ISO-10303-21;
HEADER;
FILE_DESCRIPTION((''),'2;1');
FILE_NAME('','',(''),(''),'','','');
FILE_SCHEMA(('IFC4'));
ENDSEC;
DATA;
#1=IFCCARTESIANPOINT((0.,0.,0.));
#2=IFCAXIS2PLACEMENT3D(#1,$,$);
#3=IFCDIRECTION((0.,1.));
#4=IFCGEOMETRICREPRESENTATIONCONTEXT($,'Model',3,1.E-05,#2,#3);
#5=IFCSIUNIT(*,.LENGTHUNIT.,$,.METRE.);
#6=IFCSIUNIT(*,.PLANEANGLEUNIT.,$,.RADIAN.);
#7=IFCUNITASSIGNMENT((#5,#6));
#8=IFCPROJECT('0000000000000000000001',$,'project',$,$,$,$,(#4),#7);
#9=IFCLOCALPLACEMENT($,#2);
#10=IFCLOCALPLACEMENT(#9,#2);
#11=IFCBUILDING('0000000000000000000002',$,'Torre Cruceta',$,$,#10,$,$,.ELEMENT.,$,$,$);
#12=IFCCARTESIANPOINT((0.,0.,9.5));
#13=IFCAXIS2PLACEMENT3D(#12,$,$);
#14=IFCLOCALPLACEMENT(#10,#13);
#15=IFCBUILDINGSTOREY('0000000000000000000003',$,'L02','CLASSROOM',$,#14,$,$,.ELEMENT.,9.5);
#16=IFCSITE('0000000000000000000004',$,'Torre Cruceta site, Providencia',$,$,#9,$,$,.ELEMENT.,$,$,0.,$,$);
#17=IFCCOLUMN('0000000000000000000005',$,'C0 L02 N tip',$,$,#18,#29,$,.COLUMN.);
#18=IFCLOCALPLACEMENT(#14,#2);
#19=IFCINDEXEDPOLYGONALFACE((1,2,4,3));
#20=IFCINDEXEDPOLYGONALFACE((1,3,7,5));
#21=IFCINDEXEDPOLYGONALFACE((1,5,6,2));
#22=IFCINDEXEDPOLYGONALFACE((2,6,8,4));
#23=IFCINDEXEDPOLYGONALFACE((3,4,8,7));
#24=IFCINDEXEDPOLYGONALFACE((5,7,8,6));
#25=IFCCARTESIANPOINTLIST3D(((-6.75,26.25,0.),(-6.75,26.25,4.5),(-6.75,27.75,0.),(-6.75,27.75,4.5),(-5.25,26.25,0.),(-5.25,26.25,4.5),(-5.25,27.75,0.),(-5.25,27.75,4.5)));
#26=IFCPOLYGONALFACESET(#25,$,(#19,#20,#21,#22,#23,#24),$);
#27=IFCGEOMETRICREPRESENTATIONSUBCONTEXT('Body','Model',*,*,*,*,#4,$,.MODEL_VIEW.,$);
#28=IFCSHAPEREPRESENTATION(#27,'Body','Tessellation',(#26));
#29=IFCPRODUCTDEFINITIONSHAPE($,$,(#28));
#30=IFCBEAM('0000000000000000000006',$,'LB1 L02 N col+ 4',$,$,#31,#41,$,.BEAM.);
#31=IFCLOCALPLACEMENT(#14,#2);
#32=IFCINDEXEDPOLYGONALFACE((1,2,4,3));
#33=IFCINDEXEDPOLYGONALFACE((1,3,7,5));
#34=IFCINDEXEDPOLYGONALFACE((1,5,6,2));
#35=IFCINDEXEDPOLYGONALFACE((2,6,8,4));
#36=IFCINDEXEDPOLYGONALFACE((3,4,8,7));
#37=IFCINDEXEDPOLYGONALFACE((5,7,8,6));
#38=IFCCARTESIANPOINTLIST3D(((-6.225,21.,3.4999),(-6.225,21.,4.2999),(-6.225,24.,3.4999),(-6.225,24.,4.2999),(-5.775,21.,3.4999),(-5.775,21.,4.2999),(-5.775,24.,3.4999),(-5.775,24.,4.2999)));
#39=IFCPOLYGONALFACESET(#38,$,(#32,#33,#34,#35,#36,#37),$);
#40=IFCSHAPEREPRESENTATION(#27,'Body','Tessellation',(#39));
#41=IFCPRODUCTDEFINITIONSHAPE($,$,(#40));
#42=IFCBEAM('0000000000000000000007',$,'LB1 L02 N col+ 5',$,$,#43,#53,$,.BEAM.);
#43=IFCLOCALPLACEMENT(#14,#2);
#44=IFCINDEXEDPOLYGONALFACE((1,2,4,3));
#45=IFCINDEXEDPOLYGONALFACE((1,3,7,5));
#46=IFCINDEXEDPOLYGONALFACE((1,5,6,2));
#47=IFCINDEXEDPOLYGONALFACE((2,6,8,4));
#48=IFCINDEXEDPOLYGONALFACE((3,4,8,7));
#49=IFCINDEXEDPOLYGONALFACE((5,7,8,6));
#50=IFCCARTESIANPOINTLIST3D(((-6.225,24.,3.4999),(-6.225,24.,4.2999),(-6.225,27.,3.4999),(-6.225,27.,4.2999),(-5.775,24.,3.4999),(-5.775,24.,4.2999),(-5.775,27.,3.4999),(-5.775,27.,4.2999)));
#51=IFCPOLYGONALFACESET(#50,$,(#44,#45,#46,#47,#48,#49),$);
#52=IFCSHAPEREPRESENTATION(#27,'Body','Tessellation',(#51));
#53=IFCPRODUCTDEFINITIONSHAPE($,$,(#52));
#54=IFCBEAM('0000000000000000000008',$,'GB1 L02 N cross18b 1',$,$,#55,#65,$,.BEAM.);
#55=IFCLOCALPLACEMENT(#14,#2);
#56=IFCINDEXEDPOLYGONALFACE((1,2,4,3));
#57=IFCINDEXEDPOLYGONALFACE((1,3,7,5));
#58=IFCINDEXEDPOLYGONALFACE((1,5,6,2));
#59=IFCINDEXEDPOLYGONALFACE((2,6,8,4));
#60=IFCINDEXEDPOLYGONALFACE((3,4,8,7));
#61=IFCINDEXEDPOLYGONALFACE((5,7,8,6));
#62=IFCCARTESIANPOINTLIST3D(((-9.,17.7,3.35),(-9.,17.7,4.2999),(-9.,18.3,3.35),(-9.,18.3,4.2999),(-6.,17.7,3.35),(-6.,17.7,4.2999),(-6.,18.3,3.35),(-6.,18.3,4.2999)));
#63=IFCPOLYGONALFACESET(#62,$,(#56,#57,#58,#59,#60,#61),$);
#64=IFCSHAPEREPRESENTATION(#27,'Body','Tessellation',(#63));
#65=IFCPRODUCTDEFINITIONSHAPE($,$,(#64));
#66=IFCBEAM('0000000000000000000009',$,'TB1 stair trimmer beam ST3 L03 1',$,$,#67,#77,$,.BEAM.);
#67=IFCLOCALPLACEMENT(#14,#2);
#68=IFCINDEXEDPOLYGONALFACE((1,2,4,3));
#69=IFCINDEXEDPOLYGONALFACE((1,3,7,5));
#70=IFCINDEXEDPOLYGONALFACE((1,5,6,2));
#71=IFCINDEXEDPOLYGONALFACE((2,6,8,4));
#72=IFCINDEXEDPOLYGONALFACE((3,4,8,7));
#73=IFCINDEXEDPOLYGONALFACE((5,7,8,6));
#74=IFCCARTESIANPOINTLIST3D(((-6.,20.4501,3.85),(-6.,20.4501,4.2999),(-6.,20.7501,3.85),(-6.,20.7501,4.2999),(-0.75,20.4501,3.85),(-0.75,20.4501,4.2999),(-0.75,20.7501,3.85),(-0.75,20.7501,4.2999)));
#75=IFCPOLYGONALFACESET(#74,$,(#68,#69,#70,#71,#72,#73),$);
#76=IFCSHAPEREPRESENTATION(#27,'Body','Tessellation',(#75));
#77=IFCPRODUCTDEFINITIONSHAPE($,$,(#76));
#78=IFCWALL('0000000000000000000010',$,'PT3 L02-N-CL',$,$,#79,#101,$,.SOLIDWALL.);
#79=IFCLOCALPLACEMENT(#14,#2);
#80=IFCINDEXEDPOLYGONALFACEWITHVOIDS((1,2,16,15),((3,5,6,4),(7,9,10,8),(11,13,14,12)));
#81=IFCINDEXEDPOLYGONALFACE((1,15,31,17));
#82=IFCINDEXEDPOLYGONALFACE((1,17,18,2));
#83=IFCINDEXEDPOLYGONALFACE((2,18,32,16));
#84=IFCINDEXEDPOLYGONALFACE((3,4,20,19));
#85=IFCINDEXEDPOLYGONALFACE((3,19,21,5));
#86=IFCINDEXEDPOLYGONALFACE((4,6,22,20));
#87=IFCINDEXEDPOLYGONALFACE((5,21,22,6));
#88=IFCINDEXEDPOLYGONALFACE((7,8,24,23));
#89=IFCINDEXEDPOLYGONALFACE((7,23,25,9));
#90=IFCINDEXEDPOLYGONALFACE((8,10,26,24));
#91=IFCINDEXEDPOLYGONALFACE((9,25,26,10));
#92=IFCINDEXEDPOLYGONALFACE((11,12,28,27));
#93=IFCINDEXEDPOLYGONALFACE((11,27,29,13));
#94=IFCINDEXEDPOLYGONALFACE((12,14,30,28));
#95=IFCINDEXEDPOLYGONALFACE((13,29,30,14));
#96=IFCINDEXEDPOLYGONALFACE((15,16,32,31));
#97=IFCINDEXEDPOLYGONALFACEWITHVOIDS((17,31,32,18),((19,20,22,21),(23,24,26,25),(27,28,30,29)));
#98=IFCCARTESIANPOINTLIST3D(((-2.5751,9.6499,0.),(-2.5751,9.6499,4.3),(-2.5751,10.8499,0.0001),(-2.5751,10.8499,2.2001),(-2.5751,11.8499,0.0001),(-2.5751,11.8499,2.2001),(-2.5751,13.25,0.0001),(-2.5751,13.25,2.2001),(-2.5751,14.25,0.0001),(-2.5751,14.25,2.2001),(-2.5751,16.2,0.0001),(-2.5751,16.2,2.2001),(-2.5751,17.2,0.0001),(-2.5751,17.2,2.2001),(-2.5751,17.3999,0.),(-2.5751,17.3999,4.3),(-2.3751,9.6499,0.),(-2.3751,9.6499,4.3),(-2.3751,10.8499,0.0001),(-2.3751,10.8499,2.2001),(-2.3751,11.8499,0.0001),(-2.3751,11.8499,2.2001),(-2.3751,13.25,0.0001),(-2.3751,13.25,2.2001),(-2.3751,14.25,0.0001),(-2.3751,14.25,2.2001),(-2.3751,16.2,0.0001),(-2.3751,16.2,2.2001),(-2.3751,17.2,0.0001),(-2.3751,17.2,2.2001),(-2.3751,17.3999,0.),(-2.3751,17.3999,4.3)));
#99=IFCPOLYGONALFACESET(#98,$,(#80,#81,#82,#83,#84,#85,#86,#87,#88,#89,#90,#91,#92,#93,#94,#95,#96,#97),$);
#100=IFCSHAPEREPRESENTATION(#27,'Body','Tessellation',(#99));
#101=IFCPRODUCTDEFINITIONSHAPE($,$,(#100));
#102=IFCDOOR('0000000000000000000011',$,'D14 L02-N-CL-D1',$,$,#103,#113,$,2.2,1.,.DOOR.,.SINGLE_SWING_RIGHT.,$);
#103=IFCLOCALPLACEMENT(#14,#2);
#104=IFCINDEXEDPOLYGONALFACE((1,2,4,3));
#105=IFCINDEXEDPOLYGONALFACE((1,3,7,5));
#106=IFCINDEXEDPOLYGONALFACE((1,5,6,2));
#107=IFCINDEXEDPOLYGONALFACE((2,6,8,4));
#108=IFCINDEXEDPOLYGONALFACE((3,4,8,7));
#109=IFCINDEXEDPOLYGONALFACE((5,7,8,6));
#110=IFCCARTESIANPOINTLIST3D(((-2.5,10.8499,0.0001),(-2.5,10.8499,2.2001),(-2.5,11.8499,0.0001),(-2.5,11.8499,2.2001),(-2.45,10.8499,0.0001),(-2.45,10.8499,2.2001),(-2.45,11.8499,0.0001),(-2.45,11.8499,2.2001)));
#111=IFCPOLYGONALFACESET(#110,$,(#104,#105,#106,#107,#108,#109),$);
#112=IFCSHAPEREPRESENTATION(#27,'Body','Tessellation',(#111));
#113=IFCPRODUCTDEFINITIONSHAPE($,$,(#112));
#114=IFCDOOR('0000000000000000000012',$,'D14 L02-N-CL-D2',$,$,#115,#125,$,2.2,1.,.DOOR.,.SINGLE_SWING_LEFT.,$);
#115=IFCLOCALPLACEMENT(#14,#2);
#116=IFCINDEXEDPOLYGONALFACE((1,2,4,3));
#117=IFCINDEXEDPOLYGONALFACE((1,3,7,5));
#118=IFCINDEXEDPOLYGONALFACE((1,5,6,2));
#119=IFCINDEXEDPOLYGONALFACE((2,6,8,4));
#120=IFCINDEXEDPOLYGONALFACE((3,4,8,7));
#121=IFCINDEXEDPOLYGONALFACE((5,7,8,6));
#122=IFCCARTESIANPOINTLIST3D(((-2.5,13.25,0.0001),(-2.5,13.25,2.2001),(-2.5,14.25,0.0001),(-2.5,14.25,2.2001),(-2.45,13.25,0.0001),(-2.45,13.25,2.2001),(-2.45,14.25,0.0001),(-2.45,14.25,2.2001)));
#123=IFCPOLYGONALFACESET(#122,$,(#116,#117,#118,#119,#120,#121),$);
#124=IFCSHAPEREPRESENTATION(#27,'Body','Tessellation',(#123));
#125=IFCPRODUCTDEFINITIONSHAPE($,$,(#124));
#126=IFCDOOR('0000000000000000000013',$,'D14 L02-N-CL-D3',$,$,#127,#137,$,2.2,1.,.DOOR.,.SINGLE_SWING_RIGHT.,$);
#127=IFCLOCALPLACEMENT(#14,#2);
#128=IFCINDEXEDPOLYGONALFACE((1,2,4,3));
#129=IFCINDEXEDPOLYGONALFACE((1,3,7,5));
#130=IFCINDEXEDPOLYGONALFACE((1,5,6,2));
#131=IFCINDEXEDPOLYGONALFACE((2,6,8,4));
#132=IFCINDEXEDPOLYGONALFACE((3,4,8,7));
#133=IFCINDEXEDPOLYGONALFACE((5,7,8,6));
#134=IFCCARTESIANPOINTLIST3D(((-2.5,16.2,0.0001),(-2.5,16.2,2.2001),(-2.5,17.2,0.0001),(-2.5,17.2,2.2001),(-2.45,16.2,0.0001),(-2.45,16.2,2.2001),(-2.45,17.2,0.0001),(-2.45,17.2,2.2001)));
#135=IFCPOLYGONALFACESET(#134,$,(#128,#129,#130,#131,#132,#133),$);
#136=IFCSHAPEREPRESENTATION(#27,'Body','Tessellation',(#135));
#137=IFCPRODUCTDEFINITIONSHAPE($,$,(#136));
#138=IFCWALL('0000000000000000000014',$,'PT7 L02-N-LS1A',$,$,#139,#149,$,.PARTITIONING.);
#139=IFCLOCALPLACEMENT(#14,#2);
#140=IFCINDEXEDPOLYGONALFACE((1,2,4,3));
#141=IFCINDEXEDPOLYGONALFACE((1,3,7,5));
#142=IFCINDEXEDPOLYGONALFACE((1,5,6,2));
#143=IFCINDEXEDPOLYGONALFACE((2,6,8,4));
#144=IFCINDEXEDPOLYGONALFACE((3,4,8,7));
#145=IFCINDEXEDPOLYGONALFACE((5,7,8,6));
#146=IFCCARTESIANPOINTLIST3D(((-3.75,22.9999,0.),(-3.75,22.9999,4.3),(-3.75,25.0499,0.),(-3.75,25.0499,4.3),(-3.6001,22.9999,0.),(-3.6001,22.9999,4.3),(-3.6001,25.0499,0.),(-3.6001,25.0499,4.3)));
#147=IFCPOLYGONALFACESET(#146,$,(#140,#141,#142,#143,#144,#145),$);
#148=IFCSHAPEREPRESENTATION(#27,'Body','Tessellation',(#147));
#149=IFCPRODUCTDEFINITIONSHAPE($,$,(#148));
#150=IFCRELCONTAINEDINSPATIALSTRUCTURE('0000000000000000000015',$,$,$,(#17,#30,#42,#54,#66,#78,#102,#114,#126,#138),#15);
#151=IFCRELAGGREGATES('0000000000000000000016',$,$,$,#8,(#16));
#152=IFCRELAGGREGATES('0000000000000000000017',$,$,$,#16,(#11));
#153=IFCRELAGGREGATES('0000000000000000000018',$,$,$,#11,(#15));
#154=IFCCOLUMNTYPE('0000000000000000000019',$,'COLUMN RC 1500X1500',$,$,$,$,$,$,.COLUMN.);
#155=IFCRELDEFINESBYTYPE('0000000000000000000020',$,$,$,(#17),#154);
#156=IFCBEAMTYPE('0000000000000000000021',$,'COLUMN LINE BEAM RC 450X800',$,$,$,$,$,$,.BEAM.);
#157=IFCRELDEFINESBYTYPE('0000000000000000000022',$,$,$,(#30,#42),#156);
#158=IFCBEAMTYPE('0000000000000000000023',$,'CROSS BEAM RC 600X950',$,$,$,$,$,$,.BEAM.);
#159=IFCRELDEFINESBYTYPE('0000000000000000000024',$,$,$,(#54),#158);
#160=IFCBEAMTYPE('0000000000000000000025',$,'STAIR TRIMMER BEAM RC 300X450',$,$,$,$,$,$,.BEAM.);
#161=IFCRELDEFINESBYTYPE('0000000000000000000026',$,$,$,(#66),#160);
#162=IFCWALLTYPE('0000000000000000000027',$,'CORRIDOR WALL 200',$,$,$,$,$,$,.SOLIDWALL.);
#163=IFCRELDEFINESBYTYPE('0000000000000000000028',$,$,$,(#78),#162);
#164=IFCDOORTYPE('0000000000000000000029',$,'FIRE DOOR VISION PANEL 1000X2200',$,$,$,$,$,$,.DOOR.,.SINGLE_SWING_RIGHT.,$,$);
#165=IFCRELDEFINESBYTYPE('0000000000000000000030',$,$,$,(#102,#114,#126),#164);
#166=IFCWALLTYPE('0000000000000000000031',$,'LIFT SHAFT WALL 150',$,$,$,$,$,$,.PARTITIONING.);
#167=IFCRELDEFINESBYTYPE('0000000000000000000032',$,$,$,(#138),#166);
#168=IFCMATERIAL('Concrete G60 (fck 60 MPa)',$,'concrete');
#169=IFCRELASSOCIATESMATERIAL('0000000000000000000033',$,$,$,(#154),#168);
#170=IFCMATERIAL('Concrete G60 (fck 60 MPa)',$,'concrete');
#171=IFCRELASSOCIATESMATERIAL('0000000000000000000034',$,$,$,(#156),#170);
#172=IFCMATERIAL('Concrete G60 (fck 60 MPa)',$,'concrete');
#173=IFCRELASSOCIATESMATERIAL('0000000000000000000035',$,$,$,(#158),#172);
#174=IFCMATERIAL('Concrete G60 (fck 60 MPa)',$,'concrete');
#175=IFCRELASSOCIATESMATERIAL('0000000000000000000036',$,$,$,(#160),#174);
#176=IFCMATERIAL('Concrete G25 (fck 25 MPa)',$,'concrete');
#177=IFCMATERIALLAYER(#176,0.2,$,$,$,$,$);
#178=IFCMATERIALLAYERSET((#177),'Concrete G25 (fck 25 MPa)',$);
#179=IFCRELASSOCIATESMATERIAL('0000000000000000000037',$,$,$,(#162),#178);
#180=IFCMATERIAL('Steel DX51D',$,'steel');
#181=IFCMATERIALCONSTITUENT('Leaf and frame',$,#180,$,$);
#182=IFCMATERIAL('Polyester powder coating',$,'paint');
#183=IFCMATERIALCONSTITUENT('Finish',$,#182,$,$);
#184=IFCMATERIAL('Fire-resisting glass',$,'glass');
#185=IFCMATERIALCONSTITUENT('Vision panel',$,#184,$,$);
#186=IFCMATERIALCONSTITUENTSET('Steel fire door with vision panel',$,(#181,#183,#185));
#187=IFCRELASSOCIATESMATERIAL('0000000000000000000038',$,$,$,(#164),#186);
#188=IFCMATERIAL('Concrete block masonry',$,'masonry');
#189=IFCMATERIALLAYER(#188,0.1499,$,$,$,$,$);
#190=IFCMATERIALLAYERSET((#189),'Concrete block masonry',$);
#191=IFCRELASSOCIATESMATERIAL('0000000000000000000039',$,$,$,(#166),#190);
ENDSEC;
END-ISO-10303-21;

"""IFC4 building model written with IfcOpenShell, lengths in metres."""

from ifc_helpers import new_model, si_unit, direction, frame, frame_2d, origin, origin_2d, place, context, subcontext, project, spatial, rectangle, extrude, material, layer, layer_set, constituent, constituent_set, material_profile, profile_set, type_object, element, fill, save


model = new_model("IFC4")

# Units and contexts
model_context = context("Model", 3, precision=1e-05, world=origin(), true_north=direction((0.0, 1.0)))
body_context = subcontext(model_context, "Body", "Model", "MODEL_VIEW")
ifc_project = project(units=[si_unit("LENGTHUNIT", "METRE"), si_unit("PLANEANGLEUNIT", "RADIAN")], contexts=[model_context])

# Site, building, storey
site_placement = place(None, origin())
site = spatial("IfcSite", under=ifc_project, at=site_placement, Name="Torre Cruceta site, Providencia", CompositionType="ELEMENT", RefElevation=0.0)
building_placement = place(site_placement, origin())
building = spatial("IfcBuilding", under=site, at=building_placement, Name="Torre Cruceta", CompositionType="ELEMENT")
storey_placement = place(building_placement, frame((0.0, 0.0, 9.5)))
storey = spatial("IfcBuildingStorey", under=building, at=storey_placement, Name="L02", Description="CLASSROOM", CompositionType="ELEMENT", Elevation=9.5)

# Column
ifc_material_1 = material(Name="Concrete G60 (fck 60 MPa)", Category="concrete")
ifc_material_profile_1 = material_profile(ifc_material_1, rectangle(XDim=1.5, YDim=1.5, at=origin_2d()), Name="RC 1500X1500")
ifc_profile_set_1 = profile_set([ifc_material_profile_1], Name="Concrete G60 (fck 60 MPa)")
column_type = type_object("IfcColumnType", Name="COLUMN RC 1500X1500", PredefinedType="COLUMN", material=ifc_profile_set_1)
column_placement = place(storey_placement, frame((-6.0, 27.0, 0.0), z_axis=(0.0, 0.0, 1.0), x_axis=(1.0, 0.0, 0.0)))
element("IfcColumn", 1, at=column_placement, inside=storey, type_object=column_type, Name="C0 L02 N tip", PredefinedType="COLUMN", context=body_context, shape_type="SweptSolid", body=[
    extrude(rectangle(XDim=1.5, YDim=1.5, at=origin_2d()), origin(), (0.0, 0.0, 1.0), 4.5),
])

# Beams
ifc_material_2 = material(Name="Concrete G60 (fck 60 MPa)", Category="concrete")
ifc_material_profile_2 = material_profile(ifc_material_2, rectangle(XDim=0.45, YDim=0.8, at=origin_2d()), Name="RC 450X800")
ifc_profile_set_2 = profile_set([ifc_material_profile_2], Name="Concrete G60 (fck 60 MPa)")
beam_type_1 = type_object("IfcBeamType", Name="COLUMN LINE BEAM RC 450X800", PredefinedType="BEAM", material=ifc_profile_set_2)
for number, where, z_axis, x_axis, name in (
    (2, (-6.0, 21.0, 3.8999), (0.0, 1.0, 0.0), (-1.0, 0.0, 0.0), "LB1 L02 N col+ 4"),
    (3, (-6.0, 24.0, 3.8999), (0.0, 1.0, 0.0), (-1.0, 0.0, 0.0), "LB1 L02 N col+ 5"),
):
    element("IfcBeam", number, at=place(storey_placement, frame(where, z_axis=z_axis, x_axis=x_axis)), inside=storey, type_object=beam_type_1, Name=name, PredefinedType="BEAM", context=body_context, shape_type="SweptSolid", body=[
        extrude(rectangle(XDim=0.45, YDim=0.8, at=origin_2d()), origin(), (0.0, 0.0, 1.0), 3.0),
    ])
ifc_material_3 = material(Name="Concrete G60 (fck 60 MPa)", Category="concrete")
ifc_material_profile_3 = material_profile(ifc_material_3, rectangle(XDim=0.6001, YDim=0.95, at=origin_2d()), Name="RC 600X950")
ifc_profile_set_3 = profile_set([ifc_material_profile_3], Name="Concrete G60 (fck 60 MPa)")
beam_type_2 = type_object("IfcBeamType", Name="CROSS BEAM RC 600X950", PredefinedType="BEAM", material=ifc_profile_set_3)
beam_1_placement = place(storey_placement, frame((-6.0, 18.0, 3.825), z_axis=(-1.0, 0.0, 0.0), x_axis=(0.0, -1.0, 0.0)))
element("IfcBeam", 4, at=beam_1_placement, inside=storey, type_object=beam_type_2, Name="GB1 L02 N cross18b 1", PredefinedType="BEAM", context=body_context, shape_type="SweptSolid", body=[
    extrude(rectangle(XDim=0.6001, YDim=0.95, at=origin_2d()), origin(), (0.0, 0.0, 1.0), 3.0),
])
ifc_material_4 = material(Name="Concrete G60 (fck 60 MPa)", Category="concrete")
ifc_material_profile_4 = material_profile(ifc_material_4, rectangle(XDim=0.3, YDim=0.45, at=origin_2d()), Name="RC 300X450")
ifc_profile_set_4 = profile_set([ifc_material_profile_4], Name="Concrete G60 (fck 60 MPa)")
beam_type_3 = type_object("IfcBeamType", Name="STAIR TRIMMER BEAM RC 300X450", PredefinedType="BEAM", material=ifc_profile_set_4)
beam_2_placement = place(storey_placement, frame((-0.75, 20.6001, 4.075), z_axis=(-1.0, 0.0, 0.0), x_axis=(0.0, -1.0, 0.0)))
element("IfcBeam", 5, at=beam_2_placement, inside=storey, type_object=beam_type_3, Name="TB1 stair trimmer beam ST3 L03 1", PredefinedType="BEAM", context=body_context, shape_type="SweptSolid", body=[
    extrude(rectangle(XDim=0.3, YDim=0.45, at=origin_2d()), origin(), (0.0, 0.0, 1.0), 5.25),
])

# Wall, openings, doors
ifc_material_5 = material(Name="Concrete G25 (fck 25 MPa)", Category="concrete")
ifc_layer_1 = layer(ifc_material_5, 0.2)
ifc_layer_set_1 = layer_set([ifc_layer_1], Name="Concrete G25 (fck 25 MPa)")
wall_type_1 = type_object("IfcWallType", Name="CORRIDOR WALL 200", PredefinedType="SOLIDWALL", material=ifc_layer_set_1)
wall_1_placement = place(storey_placement, frame((-2.4751, 9.6499, 0.0), z_axis=(0.0, 0.0, 1.0), x_axis=(0.0, 1.0, 0.0)))
wall_1 = element("IfcWall", 6, at=wall_1_placement, inside=storey, type_object=wall_type_1, Name="PT3 L02-N-CL", PredefinedType="SOLIDWALL", context=body_context, shape_type="SweptSolid", body=[
    extrude(rectangle(XDim=7.75, YDim=0.2, at=frame_2d((3.875, 0.0))), origin(), (0.0, 0.0, 1.0), 4.3),
])
opening_1_placement = place(wall_1_placement, frame((1.2, 0.0, 0.0)))
opening_1 = element("IfcOpeningElement", 7, at=opening_1_placement, cuts=wall_1, PredefinedType="OPENING", context=body_context, shape_type="SweptSolid", body=[
    extrude(rectangle(XDim=1.0, YDim=2.2, at=frame_2d((0.5, 1.1001))), frame((0.0, 0.1099, 0.0), z_axis=(0.0, -1.0, 0.0), x_axis=(1.0, 0.0, 0.0)), (0.0, 0.0, 1.0), 0.22),
])
opening_2_placement = place(wall_1_placement, frame((3.6001, 0.0, 0.0)))
opening_2 = element("IfcOpeningElement", 8, at=opening_2_placement, cuts=wall_1, PredefinedType="OPENING", context=body_context, shape_type="SweptSolid", body=[
    extrude(rectangle(XDim=1.0, YDim=2.2, at=frame_2d((0.5, 1.1001))), frame((0.0, 0.1099, 0.0), z_axis=(0.0, -1.0, 0.0), x_axis=(1.0, 0.0, 0.0)), (0.0, 0.0, 1.0), 0.22),
])
opening_3_placement = place(wall_1_placement, frame((6.55, 0.0, 0.0)))
opening_3 = element("IfcOpeningElement", 9, at=opening_3_placement, cuts=wall_1, PredefinedType="OPENING", context=body_context, shape_type="SweptSolid", body=[
    extrude(rectangle(XDim=1.0, YDim=2.2, at=frame_2d((0.5, 1.1001))), frame((0.0, 0.1099, 0.0), z_axis=(0.0, -1.0, 0.0), x_axis=(1.0, 0.0, 0.0)), (0.0, 0.0, 1.0), 0.22),
])
ifc_material_6 = material(Name="Steel DX51D", Category="steel")
ifc_constituent_1 = constituent(ifc_material_6, Name="Leaf and frame")
ifc_material_7 = material(Name="Polyester powder coating", Category="paint")
ifc_constituent_2 = constituent(ifc_material_7, Name="Finish")
ifc_material_8 = material(Name="Fire-resisting glass", Category="glass")
ifc_constituent_3 = constituent(ifc_material_8, Name="Vision panel")
ifc_constituent_set_1 = constituent_set(constituents=[ifc_constituent_1, ifc_constituent_2, ifc_constituent_3], Name="Steel fire door with vision panel")
door_type_1 = type_object("IfcDoorType", Name="FIRE DOOR VISION PANEL 1000X2200", OperationType="SINGLE_SWING_RIGHT", PredefinedType="DOOR", material=ifc_constituent_set_1)
door_1_placement = place(opening_1_placement, origin())
door_1 = element("IfcDoor", 10, at=door_1_placement, inside=storey, type_object=door_type_1, Name="D14 L02-N-CL-D1", OperationType="SINGLE_SWING_RIGHT", OverallHeight=2.2, OverallWidth=1.0, PredefinedType="DOOR", context=body_context, shape_type="SweptSolid", body=[
    extrude(rectangle(XDim=1.0, YDim=2.2, at=frame_2d((0.5, 1.1001))), frame((0.0, 0.0249, 0.0), z_axis=(0.0, -1.0, 0.0), x_axis=(1.0, 0.0, 0.0)), (0.0, 0.0, 1.0), 0.05),
])
fill(opening_1, door_1)
door_2_placement = place(opening_2_placement, origin())
door_2 = element("IfcDoor", 11, at=door_2_placement, inside=storey, type_object=door_type_1, Name="D14 L02-N-CL-D2", OperationType="SINGLE_SWING_LEFT", OverallHeight=2.2, OverallWidth=1.0, PredefinedType="DOOR", context=body_context, shape_type="SweptSolid", body=[
    extrude(rectangle(XDim=1.0, YDim=2.2, at=frame_2d((0.5, 1.1001))), frame((0.0, 0.0249, 0.0), z_axis=(0.0, -1.0, 0.0), x_axis=(1.0, 0.0, 0.0)), (0.0, 0.0, 1.0), 0.05),
])
fill(opening_2, door_2)
door_3_placement = place(opening_3_placement, origin())
door_3 = element("IfcDoor", 12, at=door_3_placement, inside=storey, type_object=door_type_1, Name="D14 L02-N-CL-D3", OperationType="SINGLE_SWING_RIGHT", OverallHeight=2.2, OverallWidth=1.0, PredefinedType="DOOR", context=body_context, shape_type="SweptSolid", body=[
    extrude(rectangle(XDim=1.0, YDim=2.2, at=frame_2d((0.5, 1.1001))), frame((0.0, 0.0249, 0.0), z_axis=(0.0, -1.0, 0.0), x_axis=(1.0, 0.0, 0.0)), (0.0, 0.0, 1.0), 0.05),
])
fill(opening_3, door_3)

# Wall
ifc_material_9 = material(Name="Concrete block masonry", Category="masonry")
ifc_layer_2 = layer(ifc_material_9, 0.1499)
ifc_layer_set_2 = layer_set([ifc_layer_2], Name="Concrete block masonry")
wall_type_2 = type_object("IfcWallType", Name="LIFT SHAFT WALL 150", PredefinedType="PARTITIONING", material=ifc_layer_set_2)
wall_2_placement = place(storey_placement, frame((-3.675, 23.0, 0.0), z_axis=(0.0, 0.0, 1.0), x_axis=(0.0, 1.0, 0.0)))
element("IfcWall", 13, at=wall_2_placement, inside=storey, type_object=wall_type_2, Name="PT7 L02-N-LS1A", PredefinedType="PARTITIONING", context=body_context, shape_type="SweptSolid", body=[
    extrude(rectangle(XDim=2.05, YDim=0.1499, at=frame_2d((1.0249, 0.0))), origin(), (0.0, 0.0, 1.0), 4.3),
])

save(model, "model.ifc")
